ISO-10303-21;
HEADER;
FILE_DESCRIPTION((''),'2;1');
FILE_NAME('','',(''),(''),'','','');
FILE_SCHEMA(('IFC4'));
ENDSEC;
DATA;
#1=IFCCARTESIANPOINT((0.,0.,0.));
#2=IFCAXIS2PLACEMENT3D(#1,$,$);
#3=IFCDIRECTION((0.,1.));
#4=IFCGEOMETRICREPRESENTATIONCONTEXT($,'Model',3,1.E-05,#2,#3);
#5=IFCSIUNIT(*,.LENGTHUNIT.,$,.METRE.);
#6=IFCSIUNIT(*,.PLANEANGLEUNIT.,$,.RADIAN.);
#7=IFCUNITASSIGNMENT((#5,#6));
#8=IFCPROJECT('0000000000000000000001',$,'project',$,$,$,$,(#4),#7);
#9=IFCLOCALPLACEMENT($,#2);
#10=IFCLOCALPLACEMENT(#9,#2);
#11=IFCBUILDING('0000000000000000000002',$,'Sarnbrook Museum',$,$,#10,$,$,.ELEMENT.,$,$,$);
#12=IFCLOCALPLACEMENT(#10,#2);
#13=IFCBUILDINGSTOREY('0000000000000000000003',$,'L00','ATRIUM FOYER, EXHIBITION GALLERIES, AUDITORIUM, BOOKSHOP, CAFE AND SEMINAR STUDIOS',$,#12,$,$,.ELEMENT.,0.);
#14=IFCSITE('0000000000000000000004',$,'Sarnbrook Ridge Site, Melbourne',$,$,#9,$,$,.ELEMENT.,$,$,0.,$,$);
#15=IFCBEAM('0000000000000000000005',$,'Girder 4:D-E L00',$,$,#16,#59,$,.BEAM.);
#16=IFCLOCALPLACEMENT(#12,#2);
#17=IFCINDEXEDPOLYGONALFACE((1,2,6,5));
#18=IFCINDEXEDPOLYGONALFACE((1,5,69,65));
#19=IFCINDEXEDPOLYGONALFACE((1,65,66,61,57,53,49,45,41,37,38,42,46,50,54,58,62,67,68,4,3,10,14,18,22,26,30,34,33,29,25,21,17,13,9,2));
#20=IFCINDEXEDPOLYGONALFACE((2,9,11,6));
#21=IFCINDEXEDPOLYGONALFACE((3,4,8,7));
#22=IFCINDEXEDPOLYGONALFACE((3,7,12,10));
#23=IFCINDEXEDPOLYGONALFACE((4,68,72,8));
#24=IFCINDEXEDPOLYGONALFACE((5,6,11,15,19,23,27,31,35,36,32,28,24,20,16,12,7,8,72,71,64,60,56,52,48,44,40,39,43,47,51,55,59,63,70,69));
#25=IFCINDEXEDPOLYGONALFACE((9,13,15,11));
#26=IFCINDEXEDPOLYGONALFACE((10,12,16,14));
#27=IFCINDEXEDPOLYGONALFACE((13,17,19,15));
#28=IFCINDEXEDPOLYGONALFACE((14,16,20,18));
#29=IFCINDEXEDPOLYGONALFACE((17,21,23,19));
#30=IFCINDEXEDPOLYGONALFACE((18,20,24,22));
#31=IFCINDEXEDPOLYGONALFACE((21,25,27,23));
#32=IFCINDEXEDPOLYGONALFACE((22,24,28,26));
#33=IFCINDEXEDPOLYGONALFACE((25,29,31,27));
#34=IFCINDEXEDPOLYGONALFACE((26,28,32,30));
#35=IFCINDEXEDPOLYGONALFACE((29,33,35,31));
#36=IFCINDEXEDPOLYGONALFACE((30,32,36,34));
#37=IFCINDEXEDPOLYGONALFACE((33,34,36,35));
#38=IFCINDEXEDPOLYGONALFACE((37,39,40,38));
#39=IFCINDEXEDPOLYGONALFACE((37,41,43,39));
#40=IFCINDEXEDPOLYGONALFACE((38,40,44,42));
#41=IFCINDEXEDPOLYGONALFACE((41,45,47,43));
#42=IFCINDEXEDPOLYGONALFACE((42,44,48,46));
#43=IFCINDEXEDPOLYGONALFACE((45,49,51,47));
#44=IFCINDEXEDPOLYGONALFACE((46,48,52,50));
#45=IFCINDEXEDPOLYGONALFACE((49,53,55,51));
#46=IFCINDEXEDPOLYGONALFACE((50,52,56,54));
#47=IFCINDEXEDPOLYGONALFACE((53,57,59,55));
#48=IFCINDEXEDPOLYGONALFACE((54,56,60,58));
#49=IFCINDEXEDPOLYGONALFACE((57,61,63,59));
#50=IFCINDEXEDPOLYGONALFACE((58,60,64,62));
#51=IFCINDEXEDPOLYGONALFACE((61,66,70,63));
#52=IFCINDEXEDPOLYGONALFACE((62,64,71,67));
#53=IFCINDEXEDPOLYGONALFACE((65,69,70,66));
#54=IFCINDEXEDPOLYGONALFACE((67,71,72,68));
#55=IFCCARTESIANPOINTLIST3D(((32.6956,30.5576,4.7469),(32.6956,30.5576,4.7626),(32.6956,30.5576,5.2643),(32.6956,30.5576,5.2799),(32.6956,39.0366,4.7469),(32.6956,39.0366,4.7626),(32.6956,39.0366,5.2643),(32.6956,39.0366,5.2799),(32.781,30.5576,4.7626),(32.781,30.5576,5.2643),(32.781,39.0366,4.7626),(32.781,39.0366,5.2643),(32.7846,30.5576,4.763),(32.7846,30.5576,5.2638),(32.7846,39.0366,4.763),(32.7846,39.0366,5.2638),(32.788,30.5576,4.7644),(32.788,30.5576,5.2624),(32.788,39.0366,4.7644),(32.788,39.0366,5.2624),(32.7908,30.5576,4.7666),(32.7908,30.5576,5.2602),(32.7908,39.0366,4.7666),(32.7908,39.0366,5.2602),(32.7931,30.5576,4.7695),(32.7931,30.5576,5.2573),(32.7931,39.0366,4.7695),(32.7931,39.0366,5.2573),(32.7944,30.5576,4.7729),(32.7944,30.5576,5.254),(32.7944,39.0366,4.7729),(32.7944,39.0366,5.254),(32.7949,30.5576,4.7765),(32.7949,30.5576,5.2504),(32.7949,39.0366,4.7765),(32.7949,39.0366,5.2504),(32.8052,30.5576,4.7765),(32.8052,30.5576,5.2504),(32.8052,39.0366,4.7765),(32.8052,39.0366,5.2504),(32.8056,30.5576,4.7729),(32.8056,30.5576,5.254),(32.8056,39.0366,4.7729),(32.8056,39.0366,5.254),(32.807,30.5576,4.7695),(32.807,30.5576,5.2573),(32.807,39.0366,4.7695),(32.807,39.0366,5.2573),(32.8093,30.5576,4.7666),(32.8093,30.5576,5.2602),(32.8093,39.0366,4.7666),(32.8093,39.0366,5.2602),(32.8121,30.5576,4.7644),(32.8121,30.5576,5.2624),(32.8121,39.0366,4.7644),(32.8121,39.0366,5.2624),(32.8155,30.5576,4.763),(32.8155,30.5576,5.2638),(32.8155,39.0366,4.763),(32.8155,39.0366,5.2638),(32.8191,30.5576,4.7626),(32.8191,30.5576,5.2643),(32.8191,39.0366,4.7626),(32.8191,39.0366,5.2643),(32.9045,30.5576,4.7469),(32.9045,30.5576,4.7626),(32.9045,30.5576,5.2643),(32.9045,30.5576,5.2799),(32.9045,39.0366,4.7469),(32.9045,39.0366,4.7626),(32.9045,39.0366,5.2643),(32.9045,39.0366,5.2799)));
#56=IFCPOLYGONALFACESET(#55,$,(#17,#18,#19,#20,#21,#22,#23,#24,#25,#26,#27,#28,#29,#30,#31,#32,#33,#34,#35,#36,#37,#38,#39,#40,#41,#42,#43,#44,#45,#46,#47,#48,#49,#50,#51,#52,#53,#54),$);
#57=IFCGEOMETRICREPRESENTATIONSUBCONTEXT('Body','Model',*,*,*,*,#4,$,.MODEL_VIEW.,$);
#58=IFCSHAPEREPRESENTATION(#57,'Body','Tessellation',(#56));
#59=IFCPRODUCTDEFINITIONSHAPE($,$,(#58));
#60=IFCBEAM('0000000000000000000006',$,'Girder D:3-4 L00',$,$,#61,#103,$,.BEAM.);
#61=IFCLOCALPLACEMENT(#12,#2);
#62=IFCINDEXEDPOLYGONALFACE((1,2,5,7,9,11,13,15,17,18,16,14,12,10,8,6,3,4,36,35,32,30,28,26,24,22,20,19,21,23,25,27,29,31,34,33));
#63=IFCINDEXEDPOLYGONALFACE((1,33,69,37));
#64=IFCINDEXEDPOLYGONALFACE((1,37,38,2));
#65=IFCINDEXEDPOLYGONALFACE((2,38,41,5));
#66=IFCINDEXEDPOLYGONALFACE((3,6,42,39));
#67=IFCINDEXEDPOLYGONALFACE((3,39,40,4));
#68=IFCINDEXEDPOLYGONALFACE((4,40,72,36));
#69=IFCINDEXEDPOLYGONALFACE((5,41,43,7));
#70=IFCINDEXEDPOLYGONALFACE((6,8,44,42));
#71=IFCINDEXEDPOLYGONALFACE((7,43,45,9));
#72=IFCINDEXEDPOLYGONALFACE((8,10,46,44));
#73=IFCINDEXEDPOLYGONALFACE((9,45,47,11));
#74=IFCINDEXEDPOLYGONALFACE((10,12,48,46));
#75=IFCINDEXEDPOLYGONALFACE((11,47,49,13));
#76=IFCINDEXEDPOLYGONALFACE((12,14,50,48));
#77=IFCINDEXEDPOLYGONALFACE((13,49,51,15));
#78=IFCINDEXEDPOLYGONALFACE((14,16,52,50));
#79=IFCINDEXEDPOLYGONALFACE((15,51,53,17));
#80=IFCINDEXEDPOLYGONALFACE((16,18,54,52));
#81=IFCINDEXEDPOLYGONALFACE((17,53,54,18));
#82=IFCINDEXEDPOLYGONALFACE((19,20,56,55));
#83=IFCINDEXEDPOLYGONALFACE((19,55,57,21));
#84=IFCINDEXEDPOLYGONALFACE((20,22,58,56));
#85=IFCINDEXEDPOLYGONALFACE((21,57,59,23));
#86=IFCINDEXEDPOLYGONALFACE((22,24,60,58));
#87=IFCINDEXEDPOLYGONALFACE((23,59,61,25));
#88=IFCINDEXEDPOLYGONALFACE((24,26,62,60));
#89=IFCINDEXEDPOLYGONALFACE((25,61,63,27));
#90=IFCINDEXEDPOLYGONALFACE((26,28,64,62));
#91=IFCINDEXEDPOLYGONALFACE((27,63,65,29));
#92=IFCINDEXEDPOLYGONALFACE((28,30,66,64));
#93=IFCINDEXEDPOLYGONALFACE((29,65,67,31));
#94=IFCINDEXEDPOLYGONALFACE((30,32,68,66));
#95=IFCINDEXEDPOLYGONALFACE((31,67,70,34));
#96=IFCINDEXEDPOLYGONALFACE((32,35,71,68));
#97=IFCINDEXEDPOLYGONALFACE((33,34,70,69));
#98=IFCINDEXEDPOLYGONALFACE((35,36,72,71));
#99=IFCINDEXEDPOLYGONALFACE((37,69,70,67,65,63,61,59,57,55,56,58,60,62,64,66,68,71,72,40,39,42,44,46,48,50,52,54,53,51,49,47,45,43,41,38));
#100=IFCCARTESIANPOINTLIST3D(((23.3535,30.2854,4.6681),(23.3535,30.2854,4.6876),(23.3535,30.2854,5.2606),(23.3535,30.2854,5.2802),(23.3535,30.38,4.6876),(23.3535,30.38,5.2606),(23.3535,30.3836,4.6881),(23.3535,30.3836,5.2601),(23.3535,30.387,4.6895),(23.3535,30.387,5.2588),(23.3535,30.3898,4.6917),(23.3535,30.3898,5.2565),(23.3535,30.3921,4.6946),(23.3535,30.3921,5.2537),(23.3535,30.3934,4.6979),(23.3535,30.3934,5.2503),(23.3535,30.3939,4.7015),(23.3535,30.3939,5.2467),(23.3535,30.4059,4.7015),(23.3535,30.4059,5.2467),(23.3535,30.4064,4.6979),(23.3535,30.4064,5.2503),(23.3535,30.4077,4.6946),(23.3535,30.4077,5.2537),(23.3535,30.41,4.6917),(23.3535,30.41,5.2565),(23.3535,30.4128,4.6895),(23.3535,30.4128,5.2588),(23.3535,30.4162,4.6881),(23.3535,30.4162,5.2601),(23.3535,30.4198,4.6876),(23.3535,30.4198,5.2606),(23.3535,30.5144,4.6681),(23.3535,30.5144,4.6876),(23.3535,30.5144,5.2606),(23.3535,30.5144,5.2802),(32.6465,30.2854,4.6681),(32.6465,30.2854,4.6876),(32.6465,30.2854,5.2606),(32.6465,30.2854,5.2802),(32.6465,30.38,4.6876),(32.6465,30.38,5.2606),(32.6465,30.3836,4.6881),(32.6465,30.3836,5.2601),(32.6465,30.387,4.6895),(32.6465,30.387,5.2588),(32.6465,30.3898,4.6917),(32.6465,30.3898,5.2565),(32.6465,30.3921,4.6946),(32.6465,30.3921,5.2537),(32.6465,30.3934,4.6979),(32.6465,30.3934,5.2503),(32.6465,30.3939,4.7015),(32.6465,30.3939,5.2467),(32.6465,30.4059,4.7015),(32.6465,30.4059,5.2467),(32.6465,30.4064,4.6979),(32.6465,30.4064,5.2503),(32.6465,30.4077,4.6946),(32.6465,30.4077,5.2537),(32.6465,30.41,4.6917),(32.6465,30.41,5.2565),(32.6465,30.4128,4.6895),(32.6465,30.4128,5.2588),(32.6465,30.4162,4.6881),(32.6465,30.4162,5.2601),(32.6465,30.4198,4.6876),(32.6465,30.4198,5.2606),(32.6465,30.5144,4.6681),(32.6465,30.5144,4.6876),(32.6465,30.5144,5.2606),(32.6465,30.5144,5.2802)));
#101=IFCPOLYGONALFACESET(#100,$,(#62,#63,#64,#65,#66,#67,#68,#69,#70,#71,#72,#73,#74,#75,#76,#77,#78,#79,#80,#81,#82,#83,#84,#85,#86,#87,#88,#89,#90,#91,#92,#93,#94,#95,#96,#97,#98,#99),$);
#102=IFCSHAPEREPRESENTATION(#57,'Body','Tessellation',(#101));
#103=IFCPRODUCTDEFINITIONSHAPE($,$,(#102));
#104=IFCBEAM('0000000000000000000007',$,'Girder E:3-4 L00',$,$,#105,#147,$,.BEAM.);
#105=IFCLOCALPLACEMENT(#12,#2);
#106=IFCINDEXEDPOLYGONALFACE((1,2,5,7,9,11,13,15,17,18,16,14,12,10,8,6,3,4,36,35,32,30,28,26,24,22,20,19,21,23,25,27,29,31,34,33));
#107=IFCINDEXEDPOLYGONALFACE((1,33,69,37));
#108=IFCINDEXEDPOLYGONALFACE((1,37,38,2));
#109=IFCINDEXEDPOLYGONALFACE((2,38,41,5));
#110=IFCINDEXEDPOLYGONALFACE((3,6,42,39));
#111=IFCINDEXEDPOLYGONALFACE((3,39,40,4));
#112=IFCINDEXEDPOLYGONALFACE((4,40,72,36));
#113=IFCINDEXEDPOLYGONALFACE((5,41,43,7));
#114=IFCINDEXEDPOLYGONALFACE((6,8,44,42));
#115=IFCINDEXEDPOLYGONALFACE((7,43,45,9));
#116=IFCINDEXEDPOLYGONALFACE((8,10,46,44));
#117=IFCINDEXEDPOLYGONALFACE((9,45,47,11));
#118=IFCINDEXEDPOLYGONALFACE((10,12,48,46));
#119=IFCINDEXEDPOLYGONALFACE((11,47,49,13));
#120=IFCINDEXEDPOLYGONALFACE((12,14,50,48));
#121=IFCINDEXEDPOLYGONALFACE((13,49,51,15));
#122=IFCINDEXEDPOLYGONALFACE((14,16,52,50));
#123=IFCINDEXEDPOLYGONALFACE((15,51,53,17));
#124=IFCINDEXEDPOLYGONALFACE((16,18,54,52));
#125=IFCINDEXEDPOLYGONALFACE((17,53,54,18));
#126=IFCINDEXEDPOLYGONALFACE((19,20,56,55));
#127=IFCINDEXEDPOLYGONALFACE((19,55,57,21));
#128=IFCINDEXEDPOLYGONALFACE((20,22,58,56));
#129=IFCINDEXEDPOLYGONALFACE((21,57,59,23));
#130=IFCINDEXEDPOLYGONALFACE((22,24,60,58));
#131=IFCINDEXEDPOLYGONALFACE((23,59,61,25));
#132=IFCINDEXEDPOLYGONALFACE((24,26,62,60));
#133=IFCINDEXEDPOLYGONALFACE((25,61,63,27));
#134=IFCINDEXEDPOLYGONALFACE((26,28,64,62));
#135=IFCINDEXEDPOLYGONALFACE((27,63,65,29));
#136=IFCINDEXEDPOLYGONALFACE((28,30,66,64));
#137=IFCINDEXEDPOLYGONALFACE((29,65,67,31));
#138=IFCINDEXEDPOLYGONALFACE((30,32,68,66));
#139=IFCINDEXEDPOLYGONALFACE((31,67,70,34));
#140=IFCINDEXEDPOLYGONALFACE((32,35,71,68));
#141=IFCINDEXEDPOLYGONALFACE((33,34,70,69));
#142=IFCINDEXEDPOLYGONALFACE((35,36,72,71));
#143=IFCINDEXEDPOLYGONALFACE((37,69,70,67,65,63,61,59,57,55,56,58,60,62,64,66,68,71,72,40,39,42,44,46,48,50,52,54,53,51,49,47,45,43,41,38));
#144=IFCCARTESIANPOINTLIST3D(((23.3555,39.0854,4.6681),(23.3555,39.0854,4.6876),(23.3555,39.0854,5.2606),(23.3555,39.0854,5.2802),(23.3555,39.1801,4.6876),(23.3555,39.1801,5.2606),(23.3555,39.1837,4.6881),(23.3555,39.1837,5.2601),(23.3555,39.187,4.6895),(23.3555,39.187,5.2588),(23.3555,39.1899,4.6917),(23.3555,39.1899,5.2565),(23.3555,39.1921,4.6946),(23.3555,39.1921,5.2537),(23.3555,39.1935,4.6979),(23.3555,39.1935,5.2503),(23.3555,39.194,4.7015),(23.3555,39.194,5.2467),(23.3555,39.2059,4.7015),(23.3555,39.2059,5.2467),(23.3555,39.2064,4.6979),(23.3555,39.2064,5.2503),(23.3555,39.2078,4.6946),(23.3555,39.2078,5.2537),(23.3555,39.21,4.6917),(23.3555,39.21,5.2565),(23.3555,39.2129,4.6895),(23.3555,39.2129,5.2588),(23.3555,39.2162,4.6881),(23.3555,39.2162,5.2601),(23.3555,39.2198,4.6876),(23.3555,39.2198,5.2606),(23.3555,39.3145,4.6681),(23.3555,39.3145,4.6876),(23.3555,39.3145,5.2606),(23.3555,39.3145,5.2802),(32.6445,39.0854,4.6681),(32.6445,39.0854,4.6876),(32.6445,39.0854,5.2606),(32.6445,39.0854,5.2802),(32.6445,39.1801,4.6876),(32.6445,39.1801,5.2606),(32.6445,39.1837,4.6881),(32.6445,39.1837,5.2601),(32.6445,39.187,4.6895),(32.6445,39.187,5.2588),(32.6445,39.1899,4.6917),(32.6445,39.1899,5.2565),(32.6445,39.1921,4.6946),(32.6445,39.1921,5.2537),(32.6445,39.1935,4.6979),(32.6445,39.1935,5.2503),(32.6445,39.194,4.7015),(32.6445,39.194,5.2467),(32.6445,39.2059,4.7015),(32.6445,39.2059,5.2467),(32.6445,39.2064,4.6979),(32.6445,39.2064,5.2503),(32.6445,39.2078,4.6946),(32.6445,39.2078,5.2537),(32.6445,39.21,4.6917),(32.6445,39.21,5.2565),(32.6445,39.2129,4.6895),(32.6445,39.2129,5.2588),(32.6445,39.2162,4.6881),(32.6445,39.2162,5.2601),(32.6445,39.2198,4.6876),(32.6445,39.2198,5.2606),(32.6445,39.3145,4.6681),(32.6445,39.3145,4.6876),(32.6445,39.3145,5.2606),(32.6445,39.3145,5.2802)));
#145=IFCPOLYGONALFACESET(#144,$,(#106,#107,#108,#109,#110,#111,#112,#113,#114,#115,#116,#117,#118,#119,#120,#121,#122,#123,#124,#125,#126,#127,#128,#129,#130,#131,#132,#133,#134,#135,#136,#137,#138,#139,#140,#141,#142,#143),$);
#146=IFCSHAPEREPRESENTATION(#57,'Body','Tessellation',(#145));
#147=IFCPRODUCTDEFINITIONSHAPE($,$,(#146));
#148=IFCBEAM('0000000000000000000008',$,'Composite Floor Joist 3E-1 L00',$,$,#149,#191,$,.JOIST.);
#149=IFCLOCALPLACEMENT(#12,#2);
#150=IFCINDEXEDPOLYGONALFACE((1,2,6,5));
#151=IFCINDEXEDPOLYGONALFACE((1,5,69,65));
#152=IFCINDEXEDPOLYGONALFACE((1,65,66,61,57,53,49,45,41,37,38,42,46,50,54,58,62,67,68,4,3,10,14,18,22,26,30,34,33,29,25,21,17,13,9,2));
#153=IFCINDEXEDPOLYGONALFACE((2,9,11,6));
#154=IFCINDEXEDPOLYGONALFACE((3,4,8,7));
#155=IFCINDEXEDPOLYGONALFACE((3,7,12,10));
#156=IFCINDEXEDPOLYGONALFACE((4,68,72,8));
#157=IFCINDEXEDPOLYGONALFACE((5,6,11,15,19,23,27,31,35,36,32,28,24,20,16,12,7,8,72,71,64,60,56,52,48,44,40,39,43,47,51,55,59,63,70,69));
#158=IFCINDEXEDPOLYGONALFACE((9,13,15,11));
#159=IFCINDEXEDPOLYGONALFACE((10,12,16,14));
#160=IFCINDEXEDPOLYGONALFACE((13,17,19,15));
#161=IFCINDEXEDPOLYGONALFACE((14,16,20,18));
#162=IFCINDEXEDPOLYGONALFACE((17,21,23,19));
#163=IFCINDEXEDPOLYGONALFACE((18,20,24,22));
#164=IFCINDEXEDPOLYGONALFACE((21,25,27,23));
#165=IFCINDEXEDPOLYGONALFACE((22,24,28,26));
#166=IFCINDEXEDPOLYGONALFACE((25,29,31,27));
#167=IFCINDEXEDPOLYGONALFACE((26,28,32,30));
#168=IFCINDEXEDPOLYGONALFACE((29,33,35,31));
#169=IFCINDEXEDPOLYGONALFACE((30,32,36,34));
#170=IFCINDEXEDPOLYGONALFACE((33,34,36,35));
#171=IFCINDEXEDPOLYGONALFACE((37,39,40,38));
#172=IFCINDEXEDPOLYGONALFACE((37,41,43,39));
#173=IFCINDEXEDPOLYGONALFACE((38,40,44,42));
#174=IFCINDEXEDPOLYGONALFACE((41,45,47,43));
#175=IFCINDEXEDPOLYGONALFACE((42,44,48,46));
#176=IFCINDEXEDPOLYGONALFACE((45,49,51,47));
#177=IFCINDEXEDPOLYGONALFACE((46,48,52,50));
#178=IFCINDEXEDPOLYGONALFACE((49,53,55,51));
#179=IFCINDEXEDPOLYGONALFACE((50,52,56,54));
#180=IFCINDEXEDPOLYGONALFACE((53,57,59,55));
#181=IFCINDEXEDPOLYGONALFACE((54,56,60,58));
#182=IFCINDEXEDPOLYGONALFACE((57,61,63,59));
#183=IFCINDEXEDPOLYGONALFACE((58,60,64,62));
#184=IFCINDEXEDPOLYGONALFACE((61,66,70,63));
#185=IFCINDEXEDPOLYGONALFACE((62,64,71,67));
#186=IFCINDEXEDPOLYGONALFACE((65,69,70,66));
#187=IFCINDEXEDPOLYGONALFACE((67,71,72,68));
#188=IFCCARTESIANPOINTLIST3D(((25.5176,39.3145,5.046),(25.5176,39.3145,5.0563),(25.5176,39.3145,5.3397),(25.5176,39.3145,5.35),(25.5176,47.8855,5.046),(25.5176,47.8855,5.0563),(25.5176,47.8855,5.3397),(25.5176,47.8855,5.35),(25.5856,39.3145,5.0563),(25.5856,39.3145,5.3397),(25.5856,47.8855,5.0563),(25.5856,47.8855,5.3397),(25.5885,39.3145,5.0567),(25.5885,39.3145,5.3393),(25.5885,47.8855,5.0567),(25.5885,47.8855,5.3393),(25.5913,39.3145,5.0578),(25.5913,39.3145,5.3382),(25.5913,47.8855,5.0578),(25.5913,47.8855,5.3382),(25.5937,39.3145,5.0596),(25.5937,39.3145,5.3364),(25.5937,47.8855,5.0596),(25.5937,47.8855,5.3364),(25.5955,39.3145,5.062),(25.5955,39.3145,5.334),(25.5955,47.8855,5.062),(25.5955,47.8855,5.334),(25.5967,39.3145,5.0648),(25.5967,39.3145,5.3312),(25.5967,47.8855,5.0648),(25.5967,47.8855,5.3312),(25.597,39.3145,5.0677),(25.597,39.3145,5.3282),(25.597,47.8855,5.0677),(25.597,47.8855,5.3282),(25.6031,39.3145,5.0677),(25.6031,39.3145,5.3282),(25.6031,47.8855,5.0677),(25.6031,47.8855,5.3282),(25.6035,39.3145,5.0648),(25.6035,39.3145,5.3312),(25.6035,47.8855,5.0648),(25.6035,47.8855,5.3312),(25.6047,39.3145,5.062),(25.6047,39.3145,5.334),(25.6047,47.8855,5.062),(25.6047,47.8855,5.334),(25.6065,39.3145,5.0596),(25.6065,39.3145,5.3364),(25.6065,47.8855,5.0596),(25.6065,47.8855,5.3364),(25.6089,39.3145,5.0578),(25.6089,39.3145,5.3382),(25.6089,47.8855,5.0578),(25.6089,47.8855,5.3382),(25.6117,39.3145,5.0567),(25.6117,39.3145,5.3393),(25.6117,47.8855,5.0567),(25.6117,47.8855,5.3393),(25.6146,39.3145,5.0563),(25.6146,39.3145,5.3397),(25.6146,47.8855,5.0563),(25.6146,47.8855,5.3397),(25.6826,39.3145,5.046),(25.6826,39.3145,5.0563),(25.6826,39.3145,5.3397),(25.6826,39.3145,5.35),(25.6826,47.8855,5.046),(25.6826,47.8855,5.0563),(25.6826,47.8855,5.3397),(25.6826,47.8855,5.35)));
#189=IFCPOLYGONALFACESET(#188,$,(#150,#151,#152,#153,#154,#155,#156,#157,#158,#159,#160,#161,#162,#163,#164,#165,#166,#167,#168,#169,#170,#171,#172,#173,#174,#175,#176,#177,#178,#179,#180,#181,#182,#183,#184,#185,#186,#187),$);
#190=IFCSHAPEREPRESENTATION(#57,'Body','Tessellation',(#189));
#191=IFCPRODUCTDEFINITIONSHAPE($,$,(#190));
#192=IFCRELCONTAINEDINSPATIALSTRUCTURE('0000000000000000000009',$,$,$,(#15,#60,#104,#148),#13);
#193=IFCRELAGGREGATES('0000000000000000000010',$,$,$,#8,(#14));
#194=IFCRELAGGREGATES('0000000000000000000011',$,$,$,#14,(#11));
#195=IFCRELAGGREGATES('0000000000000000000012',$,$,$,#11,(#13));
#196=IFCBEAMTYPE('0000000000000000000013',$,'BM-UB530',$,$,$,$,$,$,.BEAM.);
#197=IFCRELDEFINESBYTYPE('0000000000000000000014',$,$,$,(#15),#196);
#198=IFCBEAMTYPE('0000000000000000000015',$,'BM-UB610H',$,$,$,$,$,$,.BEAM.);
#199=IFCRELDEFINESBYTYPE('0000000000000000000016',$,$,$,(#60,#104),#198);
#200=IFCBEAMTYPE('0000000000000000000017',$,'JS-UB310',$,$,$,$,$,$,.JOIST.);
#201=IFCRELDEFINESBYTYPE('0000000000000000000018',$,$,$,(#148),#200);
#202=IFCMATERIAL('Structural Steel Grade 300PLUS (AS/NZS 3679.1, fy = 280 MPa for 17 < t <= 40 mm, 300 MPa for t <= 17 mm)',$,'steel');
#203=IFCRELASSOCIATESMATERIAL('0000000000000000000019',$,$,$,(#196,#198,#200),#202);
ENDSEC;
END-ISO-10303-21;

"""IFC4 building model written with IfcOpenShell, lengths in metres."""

from ifc_helpers import new_model, si_unit, direction, frame, origin, origin_2d, place, context, subcontext, project, spatial, i_section, extrude, material, material_profile, profile_set, type_object, element, save


model = new_model("IFC4")

# Units and contexts
model_context = context("Model", 3, precision=1e-05, world=origin(), true_north=direction((0.0, 1.0)))
body_context = subcontext(model_context, "Body", "Model", "MODEL_VIEW")
ifc_project = project(units=[si_unit("LENGTHUNIT", "METRE"), si_unit("PLANEANGLEUNIT", "RADIAN")], contexts=[model_context])

# Site, building, storey
site_placement = place(None, origin())
site = spatial("IfcSite", under=ifc_project, at=site_placement, Name="Sarnbrook Ridge Site, Melbourne", CompositionType="ELEMENT", RefElevation=0.0)
building_placement = place(site_placement, origin())
building = spatial("IfcBuilding", under=site, at=building_placement, Name="Sarnbrook Museum", CompositionType="ELEMENT")
storey_placement = place(building_placement, origin())
storey = spatial("IfcBuildingStorey", under=building, at=storey_placement, Name="L00", Description="ATRIUM FOYER, EXHIBITION GALLERIES, AUDITORIUM, BOOKSHOP, CAFE AND SEMINAR STUDIOS", CompositionType="ELEMENT", Elevation=0.0)

# Shared definitions
ifc_material_1 = material(Name="Structural Steel Grade 300PLUS (AS/NZS 3679.1, fy = 280 MPa for 17 < t <= 40 mm, 300 MPa for t <= 17 mm)", Category="steel")

# Beams
ifc_material_profile_1 = material_profile(ifc_material_1, i_section(OverallWidth=0.209, OverallDepth=0.533, WebThickness=0.0103, FlangeThickness=0.0156, FilletRadius=0.0139, at=origin_2d()), Name="530UB92.4")
ifc_profile_set_1 = profile_set([ifc_material_profile_1], Name="Structural Steel Grade 300PLUS (AS/NZS 3679.1, fy = 280 MPa for 17 < t <= 40 mm, 300 MPa for t <= 17 mm)")
beam_type_1 = type_object("IfcBeamType", Name="BM-UB530", PredefinedType="BEAM", material=ifc_profile_set_1)
beam_1_placement = place(storey_placement, frame((32.8, 30.5576, 5.0134), z_axis=(0.0, 1.0, 0.0), x_axis=(-1.0, 0.0, 0.0)))
element("IfcBeam", 1, at=beam_1_placement, inside=storey, type_object=beam_type_1, Name="Girder 4:D-E L00", PredefinedType="BEAM", context=body_context, shape_type="SweptSolid", body=[
    extrude(i_section(OverallWidth=0.209, OverallDepth=0.533, WebThickness=0.0103, FlangeThickness=0.0156, FilletRadius=0.0139, at=origin_2d()), origin(), (0.0, 0.0, 1.0), 8.479),
])
ifc_material_profile_2 = material_profile(ifc_material_1, i_section(OverallWidth=0.229, OverallDepth=0.6121, WebThickness=0.012, FlangeThickness=0.0195, FilletRadius=0.0139, at=origin_2d()), Name="610UB125")
ifc_profile_set_2 = profile_set([ifc_material_profile_2], Name="Structural Steel Grade 300PLUS (AS/NZS 3679.1, fy = 280 MPa for 17 < t <= 40 mm, 300 MPa for t <= 17 mm)")
beam_type_2 = type_object("IfcBeamType", Name="BM-UB610H", PredefinedType="BEAM", material=ifc_profile_set_2)
beam_2_placement = place(storey_placement, frame((23.3535, 30.3999, 4.9741), z_axis=(1.0, 0.0, 0.0), x_axis=(0.0, 1.0, 0.0)))
element("IfcBeam", 2, at=beam_2_placement, inside=storey, type_object=beam_type_2, Name="Girder D:3-4 L00", PredefinedType="BEAM", context=body_context, shape_type="SweptSolid", body=[
    extrude(i_section(OverallWidth=0.229, OverallDepth=0.6121, WebThickness=0.012, FlangeThickness=0.0195, FilletRadius=0.0139, at=origin_2d()), origin(), (0.0, 0.0, 1.0), 9.293),
])
beam_3_placement = place(storey_placement, frame((23.3555, 39.2, 4.9741), z_axis=(1.0, 0.0, 0.0), x_axis=(0.0, 1.0, 0.0)))
element("IfcBeam", 3, at=beam_3_placement, inside=storey, type_object=beam_type_2, Name="Girder E:3-4 L00", PredefinedType="BEAM", context=body_context, shape_type="SweptSolid", body=[
    extrude(i_section(OverallWidth=0.229, OverallDepth=0.6121, WebThickness=0.012, FlangeThickness=0.0195, FilletRadius=0.0139, at=origin_2d()), origin(), (0.0, 0.0, 1.0), 9.2891),
])
ifc_material_profile_3 = material_profile(ifc_material_1, i_section(OverallWidth=0.165, OverallDepth=0.304, WebThickness=0.0061, FlangeThickness=0.0103, FilletRadius=0.0115, at=origin_2d()), Name="310UB40.4")
ifc_profile_set_3 = profile_set([ifc_material_profile_3], Name="Structural Steel Grade 300PLUS (AS/NZS 3679.1, fy = 280 MPa for 17 < t <= 40 mm, 300 MPa for t <= 17 mm)")
beam_type_3 = type_object("IfcBeamType", Name="JS-UB310", PredefinedType="JOIST", material=ifc_profile_set_3)
for number, where, z_axis, x_axis, name in (
    (4, (25.6001, 39.3145, 5.198), (0.0, 1.0, 0.0), (-1.0, 0.0, 0.0), "Composite Floor Joist 3E-1 L00"),
):
    element("IfcBeam", number, at=place(storey_placement, frame(where, z_axis=z_axis, x_axis=x_axis)), inside=storey, type_object=beam_type_3, Name=name, PredefinedType="JOIST", context=body_context, shape_type="SweptSolid", body=[
        extrude(i_section(OverallWidth=0.165, OverallDepth=0.304, WebThickness=0.0061, FlangeThickness=0.0103, FilletRadius=0.0115, at=origin_2d()), origin(), (0.0, 0.0, 1.0), 8.571),
    ])

save(model, "model.ifc")
